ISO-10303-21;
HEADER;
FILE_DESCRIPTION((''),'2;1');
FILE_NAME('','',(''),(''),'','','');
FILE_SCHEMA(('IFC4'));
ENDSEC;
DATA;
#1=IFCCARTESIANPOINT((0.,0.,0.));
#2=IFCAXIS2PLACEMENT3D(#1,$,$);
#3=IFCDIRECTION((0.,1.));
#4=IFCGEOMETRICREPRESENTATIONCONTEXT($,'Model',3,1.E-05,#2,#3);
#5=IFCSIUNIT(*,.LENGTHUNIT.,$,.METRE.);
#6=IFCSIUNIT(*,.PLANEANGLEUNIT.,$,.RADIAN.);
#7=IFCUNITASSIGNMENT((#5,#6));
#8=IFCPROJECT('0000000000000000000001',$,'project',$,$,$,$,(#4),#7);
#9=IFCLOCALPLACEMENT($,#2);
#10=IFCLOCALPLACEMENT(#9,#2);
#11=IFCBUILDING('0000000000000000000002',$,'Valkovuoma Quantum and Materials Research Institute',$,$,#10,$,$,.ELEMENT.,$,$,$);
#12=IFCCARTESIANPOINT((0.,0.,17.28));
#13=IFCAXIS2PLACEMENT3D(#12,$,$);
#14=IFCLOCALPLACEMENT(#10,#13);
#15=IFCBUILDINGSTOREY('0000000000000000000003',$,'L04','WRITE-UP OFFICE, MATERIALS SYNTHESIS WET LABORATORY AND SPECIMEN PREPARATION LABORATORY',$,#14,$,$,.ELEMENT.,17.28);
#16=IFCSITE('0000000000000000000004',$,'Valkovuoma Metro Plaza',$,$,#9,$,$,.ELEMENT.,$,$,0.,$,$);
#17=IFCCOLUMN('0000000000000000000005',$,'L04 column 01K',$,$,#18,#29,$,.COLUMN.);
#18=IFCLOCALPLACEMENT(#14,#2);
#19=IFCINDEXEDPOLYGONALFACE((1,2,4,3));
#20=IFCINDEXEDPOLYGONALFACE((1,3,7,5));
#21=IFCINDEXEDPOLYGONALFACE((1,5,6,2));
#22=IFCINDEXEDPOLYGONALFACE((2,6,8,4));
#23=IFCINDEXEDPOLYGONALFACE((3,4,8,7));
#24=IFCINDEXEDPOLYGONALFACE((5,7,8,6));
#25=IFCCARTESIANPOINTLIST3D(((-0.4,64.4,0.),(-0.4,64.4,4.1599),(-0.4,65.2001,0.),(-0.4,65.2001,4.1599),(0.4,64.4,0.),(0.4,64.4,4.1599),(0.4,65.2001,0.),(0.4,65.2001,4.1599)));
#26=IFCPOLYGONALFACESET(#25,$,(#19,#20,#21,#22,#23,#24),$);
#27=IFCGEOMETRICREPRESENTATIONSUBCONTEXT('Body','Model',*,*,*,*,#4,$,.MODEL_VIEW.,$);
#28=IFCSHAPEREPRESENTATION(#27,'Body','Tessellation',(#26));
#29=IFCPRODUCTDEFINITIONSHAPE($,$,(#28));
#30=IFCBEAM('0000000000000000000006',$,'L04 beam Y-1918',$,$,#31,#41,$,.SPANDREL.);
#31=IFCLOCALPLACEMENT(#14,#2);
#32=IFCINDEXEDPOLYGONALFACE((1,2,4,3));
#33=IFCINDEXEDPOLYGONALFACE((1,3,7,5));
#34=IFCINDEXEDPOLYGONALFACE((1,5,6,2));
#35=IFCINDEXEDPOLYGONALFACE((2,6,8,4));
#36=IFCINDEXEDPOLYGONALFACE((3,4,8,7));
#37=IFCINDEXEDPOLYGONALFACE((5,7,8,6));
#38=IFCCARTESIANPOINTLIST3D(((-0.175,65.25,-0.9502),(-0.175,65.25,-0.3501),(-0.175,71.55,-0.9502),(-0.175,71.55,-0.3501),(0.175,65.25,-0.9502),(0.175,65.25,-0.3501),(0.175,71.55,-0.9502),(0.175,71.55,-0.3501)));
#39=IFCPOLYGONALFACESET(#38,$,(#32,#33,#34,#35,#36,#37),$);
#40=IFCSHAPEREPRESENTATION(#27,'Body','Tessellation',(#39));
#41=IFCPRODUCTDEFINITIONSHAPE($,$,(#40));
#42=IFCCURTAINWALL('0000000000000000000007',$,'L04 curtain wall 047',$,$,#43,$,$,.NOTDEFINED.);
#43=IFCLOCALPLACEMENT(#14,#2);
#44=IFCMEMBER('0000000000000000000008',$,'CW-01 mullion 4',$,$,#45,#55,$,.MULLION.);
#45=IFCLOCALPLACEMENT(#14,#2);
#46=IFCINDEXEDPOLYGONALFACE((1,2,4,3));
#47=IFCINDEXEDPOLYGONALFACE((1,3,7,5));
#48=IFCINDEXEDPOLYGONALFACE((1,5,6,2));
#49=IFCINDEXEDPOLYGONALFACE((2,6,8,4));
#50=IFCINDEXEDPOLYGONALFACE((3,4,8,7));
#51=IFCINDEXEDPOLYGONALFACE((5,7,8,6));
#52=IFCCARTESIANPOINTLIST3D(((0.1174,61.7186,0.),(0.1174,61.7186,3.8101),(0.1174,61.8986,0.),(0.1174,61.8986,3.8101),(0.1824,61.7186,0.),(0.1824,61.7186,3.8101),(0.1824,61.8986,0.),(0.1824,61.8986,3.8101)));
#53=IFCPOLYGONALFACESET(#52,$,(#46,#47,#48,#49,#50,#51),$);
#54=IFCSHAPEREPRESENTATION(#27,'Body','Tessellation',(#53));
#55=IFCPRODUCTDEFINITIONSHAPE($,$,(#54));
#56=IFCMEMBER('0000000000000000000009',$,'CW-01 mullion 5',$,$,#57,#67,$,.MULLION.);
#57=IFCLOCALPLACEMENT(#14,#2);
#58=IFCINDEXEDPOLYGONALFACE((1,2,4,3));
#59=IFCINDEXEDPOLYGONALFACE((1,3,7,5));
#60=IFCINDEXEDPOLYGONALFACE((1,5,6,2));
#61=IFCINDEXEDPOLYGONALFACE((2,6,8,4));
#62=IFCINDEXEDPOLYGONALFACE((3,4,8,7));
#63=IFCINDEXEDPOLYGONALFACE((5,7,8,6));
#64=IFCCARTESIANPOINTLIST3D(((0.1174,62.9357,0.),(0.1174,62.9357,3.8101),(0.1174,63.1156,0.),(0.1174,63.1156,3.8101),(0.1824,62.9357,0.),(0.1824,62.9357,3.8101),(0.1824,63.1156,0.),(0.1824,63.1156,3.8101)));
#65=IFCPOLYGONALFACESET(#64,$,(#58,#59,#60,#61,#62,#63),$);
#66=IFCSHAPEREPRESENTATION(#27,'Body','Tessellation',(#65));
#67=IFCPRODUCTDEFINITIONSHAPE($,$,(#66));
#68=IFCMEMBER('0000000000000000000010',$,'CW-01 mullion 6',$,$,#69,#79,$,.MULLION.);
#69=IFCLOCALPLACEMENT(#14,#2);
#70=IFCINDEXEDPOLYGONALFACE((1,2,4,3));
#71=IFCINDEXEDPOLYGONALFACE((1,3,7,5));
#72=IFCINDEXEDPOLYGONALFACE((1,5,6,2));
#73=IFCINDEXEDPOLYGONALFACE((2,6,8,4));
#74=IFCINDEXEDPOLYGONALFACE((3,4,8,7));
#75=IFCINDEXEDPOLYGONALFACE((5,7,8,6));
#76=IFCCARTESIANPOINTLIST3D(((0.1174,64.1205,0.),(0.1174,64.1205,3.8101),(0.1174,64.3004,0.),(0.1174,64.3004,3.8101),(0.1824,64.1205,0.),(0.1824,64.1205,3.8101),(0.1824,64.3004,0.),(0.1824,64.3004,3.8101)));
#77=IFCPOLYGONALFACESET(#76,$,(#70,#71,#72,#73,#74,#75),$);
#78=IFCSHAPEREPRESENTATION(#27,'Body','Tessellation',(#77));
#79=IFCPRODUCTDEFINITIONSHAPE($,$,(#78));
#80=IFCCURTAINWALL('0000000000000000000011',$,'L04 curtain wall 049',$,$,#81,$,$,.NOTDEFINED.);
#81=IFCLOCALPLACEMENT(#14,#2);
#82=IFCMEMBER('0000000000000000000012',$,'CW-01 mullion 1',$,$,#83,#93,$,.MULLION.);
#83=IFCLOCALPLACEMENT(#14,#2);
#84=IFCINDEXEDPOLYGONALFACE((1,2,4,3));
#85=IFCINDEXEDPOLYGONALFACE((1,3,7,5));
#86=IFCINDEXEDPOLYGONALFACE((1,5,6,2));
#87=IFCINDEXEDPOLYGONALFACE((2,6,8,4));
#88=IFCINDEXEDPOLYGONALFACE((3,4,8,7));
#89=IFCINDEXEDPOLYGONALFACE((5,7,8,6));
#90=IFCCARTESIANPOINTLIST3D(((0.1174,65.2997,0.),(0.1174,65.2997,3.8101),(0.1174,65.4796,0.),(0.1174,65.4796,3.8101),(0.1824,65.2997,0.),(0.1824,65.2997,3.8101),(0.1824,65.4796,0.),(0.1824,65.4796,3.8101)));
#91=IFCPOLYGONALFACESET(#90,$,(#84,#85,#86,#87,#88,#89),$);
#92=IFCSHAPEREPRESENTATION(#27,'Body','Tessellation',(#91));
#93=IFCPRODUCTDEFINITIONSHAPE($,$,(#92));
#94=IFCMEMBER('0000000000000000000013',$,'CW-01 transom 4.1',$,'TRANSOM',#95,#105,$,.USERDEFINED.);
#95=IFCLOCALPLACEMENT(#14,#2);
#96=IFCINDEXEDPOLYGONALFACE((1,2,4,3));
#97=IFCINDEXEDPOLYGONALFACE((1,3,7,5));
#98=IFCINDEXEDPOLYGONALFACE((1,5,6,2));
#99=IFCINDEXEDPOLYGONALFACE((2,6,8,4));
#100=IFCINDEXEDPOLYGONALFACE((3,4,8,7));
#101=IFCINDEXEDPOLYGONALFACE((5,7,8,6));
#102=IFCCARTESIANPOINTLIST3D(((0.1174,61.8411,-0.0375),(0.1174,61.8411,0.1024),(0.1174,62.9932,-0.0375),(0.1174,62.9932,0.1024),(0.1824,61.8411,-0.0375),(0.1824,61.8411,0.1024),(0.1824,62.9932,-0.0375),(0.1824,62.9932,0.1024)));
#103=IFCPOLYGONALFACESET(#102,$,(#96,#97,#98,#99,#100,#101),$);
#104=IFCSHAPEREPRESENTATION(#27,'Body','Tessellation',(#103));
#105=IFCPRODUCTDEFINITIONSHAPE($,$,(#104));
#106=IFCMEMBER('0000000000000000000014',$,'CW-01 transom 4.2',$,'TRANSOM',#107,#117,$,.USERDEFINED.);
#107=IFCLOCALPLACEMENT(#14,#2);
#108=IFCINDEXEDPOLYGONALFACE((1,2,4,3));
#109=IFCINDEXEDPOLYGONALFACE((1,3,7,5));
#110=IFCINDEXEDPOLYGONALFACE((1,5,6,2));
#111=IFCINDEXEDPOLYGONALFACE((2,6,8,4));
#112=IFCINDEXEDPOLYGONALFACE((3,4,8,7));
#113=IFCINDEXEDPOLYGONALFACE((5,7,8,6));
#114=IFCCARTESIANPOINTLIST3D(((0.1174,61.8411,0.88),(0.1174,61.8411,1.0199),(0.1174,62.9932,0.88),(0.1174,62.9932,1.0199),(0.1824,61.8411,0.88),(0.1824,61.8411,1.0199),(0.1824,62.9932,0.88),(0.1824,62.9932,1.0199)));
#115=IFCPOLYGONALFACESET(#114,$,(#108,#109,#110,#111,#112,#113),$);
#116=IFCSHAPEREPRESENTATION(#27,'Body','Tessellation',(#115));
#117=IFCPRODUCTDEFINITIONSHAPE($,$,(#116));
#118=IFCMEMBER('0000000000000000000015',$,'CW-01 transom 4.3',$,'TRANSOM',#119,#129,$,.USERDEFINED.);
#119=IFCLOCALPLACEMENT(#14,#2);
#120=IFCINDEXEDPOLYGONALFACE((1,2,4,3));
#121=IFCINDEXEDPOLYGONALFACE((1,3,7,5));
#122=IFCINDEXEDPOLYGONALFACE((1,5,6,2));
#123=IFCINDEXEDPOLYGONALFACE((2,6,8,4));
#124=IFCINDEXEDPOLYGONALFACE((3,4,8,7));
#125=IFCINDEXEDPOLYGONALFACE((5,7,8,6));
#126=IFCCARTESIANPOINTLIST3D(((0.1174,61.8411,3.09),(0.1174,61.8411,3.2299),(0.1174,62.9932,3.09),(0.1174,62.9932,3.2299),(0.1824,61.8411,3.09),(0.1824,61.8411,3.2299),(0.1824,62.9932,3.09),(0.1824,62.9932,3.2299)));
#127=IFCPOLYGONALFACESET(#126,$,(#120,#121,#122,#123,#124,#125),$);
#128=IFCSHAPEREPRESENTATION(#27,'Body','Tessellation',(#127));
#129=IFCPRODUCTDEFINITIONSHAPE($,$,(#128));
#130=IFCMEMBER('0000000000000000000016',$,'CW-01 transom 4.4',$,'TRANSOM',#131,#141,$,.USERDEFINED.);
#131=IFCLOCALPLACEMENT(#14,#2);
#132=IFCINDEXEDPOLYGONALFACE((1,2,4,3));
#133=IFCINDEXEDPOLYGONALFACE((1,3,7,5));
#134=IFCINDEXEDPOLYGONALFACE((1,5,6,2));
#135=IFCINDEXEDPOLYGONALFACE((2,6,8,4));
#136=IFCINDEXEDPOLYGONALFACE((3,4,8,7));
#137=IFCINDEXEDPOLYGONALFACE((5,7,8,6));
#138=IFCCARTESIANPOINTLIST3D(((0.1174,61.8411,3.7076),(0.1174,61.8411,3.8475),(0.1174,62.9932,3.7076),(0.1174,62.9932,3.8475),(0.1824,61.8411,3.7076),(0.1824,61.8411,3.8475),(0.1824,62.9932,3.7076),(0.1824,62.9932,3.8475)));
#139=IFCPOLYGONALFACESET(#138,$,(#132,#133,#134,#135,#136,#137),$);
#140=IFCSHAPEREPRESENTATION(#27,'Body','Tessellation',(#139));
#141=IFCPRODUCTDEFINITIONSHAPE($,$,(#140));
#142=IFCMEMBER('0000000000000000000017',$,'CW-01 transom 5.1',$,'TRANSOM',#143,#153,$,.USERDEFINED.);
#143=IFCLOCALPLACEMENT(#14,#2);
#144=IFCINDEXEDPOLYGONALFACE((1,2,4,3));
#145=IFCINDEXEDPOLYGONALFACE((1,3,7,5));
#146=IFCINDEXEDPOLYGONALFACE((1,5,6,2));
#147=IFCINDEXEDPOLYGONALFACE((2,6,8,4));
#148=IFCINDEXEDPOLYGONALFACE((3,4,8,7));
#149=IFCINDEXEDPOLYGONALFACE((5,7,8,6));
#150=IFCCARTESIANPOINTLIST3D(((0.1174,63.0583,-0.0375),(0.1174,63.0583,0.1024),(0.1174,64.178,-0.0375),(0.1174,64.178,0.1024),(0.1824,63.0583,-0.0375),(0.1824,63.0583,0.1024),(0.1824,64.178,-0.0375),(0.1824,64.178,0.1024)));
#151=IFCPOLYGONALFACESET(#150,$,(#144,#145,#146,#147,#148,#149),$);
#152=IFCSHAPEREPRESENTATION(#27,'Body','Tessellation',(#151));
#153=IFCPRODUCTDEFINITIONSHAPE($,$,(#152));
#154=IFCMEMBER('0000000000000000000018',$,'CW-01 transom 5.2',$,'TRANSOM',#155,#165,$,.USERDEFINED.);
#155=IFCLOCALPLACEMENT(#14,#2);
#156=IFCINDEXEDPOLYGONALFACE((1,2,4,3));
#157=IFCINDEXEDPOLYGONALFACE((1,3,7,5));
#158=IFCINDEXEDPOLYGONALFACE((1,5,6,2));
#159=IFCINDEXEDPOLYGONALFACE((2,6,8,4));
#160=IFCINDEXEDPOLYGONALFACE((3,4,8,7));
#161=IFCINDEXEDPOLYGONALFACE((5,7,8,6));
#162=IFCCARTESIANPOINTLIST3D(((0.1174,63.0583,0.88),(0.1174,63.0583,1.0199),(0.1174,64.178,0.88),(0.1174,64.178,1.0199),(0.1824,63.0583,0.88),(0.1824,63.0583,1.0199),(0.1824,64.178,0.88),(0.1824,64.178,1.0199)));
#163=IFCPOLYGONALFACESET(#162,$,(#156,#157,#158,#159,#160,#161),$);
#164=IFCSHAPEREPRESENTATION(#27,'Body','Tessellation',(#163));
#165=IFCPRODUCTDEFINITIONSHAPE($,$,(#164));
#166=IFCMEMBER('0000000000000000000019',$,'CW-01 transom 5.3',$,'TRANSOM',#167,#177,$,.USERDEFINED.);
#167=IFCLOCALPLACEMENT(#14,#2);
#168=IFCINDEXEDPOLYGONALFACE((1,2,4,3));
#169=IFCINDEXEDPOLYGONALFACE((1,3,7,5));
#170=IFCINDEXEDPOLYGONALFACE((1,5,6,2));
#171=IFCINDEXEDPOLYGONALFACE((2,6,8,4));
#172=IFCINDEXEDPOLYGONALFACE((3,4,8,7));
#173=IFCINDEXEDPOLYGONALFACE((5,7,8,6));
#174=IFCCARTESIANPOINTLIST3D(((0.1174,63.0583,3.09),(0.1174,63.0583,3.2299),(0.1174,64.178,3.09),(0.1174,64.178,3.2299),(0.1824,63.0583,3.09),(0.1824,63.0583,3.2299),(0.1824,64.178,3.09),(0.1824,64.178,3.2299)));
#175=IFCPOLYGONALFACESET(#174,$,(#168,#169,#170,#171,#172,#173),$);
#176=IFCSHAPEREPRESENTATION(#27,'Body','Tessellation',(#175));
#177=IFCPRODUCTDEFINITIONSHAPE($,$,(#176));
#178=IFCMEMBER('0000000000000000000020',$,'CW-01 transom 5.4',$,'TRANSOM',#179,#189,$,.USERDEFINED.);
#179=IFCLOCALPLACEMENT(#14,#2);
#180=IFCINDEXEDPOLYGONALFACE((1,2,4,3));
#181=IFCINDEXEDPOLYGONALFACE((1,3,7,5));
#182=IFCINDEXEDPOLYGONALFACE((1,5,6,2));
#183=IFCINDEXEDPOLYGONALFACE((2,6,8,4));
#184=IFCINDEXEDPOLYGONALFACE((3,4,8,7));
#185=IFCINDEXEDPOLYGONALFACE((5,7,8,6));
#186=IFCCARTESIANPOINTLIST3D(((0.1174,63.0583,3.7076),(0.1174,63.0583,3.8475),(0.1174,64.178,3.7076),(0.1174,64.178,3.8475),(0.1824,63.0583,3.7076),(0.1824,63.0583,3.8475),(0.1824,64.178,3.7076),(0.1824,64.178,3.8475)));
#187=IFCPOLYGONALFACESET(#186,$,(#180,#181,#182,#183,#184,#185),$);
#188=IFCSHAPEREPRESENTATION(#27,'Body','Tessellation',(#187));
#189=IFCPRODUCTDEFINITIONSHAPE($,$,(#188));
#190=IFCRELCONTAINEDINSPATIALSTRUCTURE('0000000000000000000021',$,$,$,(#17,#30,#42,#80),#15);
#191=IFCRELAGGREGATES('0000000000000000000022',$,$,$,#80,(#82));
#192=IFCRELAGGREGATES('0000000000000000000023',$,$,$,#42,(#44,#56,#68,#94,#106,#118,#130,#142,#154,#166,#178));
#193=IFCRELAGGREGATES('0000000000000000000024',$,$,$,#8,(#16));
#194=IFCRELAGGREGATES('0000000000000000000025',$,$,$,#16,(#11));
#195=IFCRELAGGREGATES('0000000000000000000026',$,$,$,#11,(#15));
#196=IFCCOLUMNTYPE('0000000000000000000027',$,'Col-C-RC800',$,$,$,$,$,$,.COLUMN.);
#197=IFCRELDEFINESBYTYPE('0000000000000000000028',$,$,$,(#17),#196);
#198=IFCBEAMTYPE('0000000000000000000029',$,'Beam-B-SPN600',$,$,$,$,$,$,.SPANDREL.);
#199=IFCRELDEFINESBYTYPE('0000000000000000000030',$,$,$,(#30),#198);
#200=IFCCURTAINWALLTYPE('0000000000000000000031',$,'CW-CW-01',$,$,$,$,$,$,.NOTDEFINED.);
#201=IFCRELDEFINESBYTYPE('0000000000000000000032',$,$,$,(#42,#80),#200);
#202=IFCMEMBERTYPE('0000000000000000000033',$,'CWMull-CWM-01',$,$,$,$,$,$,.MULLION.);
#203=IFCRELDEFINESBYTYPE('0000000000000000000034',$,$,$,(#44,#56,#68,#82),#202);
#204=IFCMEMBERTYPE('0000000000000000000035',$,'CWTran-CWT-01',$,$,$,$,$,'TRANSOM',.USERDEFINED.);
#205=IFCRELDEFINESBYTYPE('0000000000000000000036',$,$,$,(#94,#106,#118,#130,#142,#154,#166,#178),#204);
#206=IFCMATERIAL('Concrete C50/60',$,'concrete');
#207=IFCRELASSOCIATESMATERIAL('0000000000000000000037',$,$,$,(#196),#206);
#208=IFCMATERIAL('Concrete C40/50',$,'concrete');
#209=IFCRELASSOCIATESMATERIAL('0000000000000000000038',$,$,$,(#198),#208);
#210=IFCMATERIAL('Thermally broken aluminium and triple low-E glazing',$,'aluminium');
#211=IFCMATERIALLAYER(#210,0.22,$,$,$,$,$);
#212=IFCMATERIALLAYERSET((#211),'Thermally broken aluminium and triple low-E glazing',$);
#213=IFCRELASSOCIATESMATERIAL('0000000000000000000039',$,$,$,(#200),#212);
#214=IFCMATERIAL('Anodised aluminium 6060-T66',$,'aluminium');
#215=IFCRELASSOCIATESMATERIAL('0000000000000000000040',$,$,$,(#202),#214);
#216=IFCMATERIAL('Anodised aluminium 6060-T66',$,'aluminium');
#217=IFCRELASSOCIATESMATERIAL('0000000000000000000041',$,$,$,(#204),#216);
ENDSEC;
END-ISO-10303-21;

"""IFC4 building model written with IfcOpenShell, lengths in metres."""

from ifc_helpers import new_model, si_unit, direction, frame, origin, origin_2d, place, context, subcontext, project, spatial, rectangle, extrude, material, layer, layer_set, material_profile, profile_set, type_object, element, aggregate, save


model = new_model("IFC4")

# Units and contexts
model_context = context("Model", 3, precision=1e-05, world=origin(), true_north=direction((0.0, 1.0)))
body_context = subcontext(model_context, "Body", "Model", "MODEL_VIEW")
ifc_project = project(units=[si_unit("LENGTHUNIT", "METRE"), si_unit("PLANEANGLEUNIT", "RADIAN")], contexts=[model_context])

# Site, building, storey
site_placement = place(None, origin())
site = spatial("IfcSite", under=ifc_project, at=site_placement, Name="Valkovuoma Metro Plaza", CompositionType="ELEMENT", RefElevation=0.0)
building_placement = place(site_placement, origin())
building = spatial("IfcBuilding", under=site, at=building_placement, Name="Valkovuoma Quantum and Materials Research Institute", CompositionType="ELEMENT")
storey_placement = place(building_placement, frame((0.0, 0.0, 17.28)))
storey = spatial("IfcBuildingStorey", under=building, at=storey_placement, Name="L04", Description="WRITE-UP OFFICE, MATERIALS SYNTHESIS WET LABORATORY AND SPECIMEN PREPARATION LABORATORY", CompositionType="ELEMENT", Elevation=17.28)

# Column
ifc_material_1 = material(Name="Concrete C50/60", Category="concrete")
ifc_material_profile_1 = material_profile(ifc_material_1, rectangle(XDim=0.8, YDim=0.8, at=origin_2d()), Name="Concrete C50/60")
ifc_profile_set_1 = profile_set([ifc_material_profile_1], Name="Concrete C50/60")
column_type = type_object("IfcColumnType", Name="Col-C-RC800", PredefinedType="COLUMN", material=ifc_profile_set_1)
column_placement = place(storey_placement, frame((0.0, 64.8, 0.0), z_axis=(0.0, 0.0, 1.0), x_axis=(1.0, 0.0, 0.0)))
element("IfcColumn", 1, at=column_placement, inside=storey, type_object=column_type, Name="L04 column 01K", PredefinedType="COLUMN", context=body_context, shape_type="SweptSolid", body=[
    extrude(rectangle(XDim=0.8, YDim=0.8, at=origin_2d()), origin(), (0.0, 0.0, 1.0), 4.1599),
])

# Beam
ifc_material_2 = material(Name="Concrete C40/50", Category="concrete")
ifc_material_profile_2 = material_profile(ifc_material_2, rectangle(XDim=0.3501, YDim=0.6001, at=origin_2d()), Name="Concrete C40/50")
ifc_profile_set_2 = profile_set([ifc_material_profile_2], Name="Concrete C40/50")
beam_type = type_object("IfcBeamType", Name="Beam-B-SPN600", PredefinedType="SPANDREL", material=ifc_profile_set_2)
beam_placement = place(storey_placement, frame((0.0, 65.25, -0.6501), z_axis=(0.0, 1.0, 0.0), x_axis=(-1.0, 0.0, 0.0)))
element("IfcBeam", 2, at=beam_placement, inside=storey, type_object=beam_type, Name="L04 beam Y-1918", PredefinedType="SPANDREL", context=body_context, shape_type="SweptSolid", body=[
    extrude(rectangle(XDim=0.3501, YDim=0.6001, at=origin_2d()), origin(), (0.0, 0.0, 1.0), 6.3),
])

# Curtain wall, members
ifc_material_3 = material(Name="Thermally broken aluminium and triple low-E glazing", Category="aluminium")
ifc_layer_1 = layer(ifc_material_3, 0.22)
ifc_layer_set_1 = layer_set([ifc_layer_1], Name="Thermally broken aluminium and triple low-E glazing")
curtain_wall_type = type_object("IfcCurtainWallType", Name="CW-CW-01", PredefinedType="NOTDEFINED", material=ifc_layer_set_1)
curtain_wall_1_placement = place(storey_placement, origin())
curtain_wall_1 = element("IfcCurtainWall", 3, at=curtain_wall_1_placement, inside=storey, type_object=curtain_wall_type, Name="L04 curtain wall 047", PredefinedType="NOTDEFINED")
ifc_material_4 = material(Name="Anodised aluminium 6060-T66", Category="aluminium")
ifc_material_profile_3 = material_profile(ifc_material_4, rectangle(XDim=0.0649, YDim=0.1799, at=origin_2d()), Name="Anodised aluminium 6060-T66")
ifc_profile_set_3 = profile_set([ifc_material_profile_3], Name="Anodised aluminium 6060-T66")
member_type_1 = type_object("IfcMemberType", Name="CWMull-CWM-01", PredefinedType="MULLION", material=ifc_profile_set_3)
member_1_placement = place(storey_placement, frame((0.1499, 61.8086, 0.0), z_axis=(0.0, 0.0, 1.0), x_axis=(-1.0, 0.0, 0.0)))
member_1 = element("IfcMember", 4, at=member_1_placement, type_object=member_type_1, Name="CW-01 mullion 4", PredefinedType="MULLION", context=body_context, shape_type="SweptSolid", body=[
    extrude(rectangle(XDim=0.0649, YDim=0.1799, at=origin_2d()), origin(), (0.0, 0.0, 1.0), 3.8101),
])
member_2_placement = place(storey_placement, frame((0.1499, 63.0256, 0.0), z_axis=(0.0, 0.0, 1.0), x_axis=(-1.0, 0.0, 0.0)))
member_2 = element("IfcMember", 5, at=member_2_placement, type_object=member_type_1, Name="CW-01 mullion 5", PredefinedType="MULLION", context=body_context, shape_type="SweptSolid", body=[
    extrude(rectangle(XDim=0.0649, YDim=0.1799, at=origin_2d()), origin(), (0.0, 0.0, 1.0), 3.8101),
])
member_3_placement = place(storey_placement, frame((0.1499, 64.2104, 0.0), z_axis=(0.0, 0.0, 1.0), x_axis=(-1.0, 0.0, 0.0)))
member_3 = element("IfcMember", 6, at=member_3_placement, type_object=member_type_1, Name="CW-01 mullion 6", PredefinedType="MULLION", context=body_context, shape_type="SweptSolid", body=[
    extrude(rectangle(XDim=0.0649, YDim=0.1799, at=origin_2d()), origin(), (0.0, 0.0, 1.0), 3.8101),
])

# Curtain wall, member
curtain_wall_2_placement = place(storey_placement, origin())
curtain_wall_2 = element("IfcCurtainWall", 7, at=curtain_wall_2_placement, inside=storey, type_object=curtain_wall_type, Name="L04 curtain wall 049", PredefinedType="NOTDEFINED")
member_4_placement = place(storey_placement, frame((0.1499, 65.3896, 0.0), z_axis=(0.0, 0.0, 1.0), x_axis=(-1.0, 0.0, 0.0)))
member_4 = element("IfcMember", 8, at=member_4_placement, type_object=member_type_1, Name="CW-01 mullion 1", PredefinedType="MULLION", context=body_context, shape_type="SweptSolid", body=[
    extrude(rectangle(XDim=0.0649, YDim=0.1799, at=origin_2d()), origin(), (0.0, 0.0, 1.0), 3.8101),
])

# Members
ifc_material_5 = material(Name="Anodised aluminium 6060-T66", Category="aluminium")
ifc_material_profile_4 = material_profile(ifc_material_5, rectangle(XDim=0.0649, YDim=0.1399, at=origin_2d()), Name="Anodised aluminium 6060-T66")
ifc_profile_set_4 = profile_set([ifc_material_profile_4], Name="Anodised aluminium 6060-T66")
member_type_2 = type_object("IfcMemberType", Name="CWTran-CWT-01", ElementType="TRANSOM", PredefinedType="USERDEFINED", material=ifc_profile_set_4)
member_5_placement = place(storey_placement, frame((0.1499, 61.8411, 0.0325), z_axis=(0.0, 1.0, 0.0), x_axis=(-1.0, 0.0, 0.0)))
member_5 = element("IfcMember", 9, at=member_5_placement, type_object=member_type_2, Name="CW-01 transom 4.1", ObjectType="TRANSOM", PredefinedType="USERDEFINED", context=body_context, shape_type="SweptSolid", body=[
    extrude(rectangle(XDim=0.0649, YDim=0.1399, at=origin_2d()), origin(), (0.0, 0.0, 1.0), 1.1521),
])
member_6_placement = place(storey_placement, frame((0.1499, 61.8411, 0.95), z_axis=(0.0, 1.0, 0.0), x_axis=(-1.0, 0.0, 0.0)))
member_6 = element("IfcMember", 10, at=member_6_placement, type_object=member_type_2, Name="CW-01 transom 4.2", ObjectType="TRANSOM", PredefinedType="USERDEFINED", context=body_context, shape_type="SweptSolid", body=[
    extrude(rectangle(XDim=0.0649, YDim=0.1399, at=origin_2d()), origin(), (0.0, 0.0, 1.0), 1.1521),
])
member_7_placement = place(storey_placement, frame((0.1499, 61.8411, 3.1599), z_axis=(0.0, 1.0, 0.0), x_axis=(-1.0, 0.0, 0.0)))
member_7 = element("IfcMember", 11, at=member_7_placement, type_object=member_type_2, Name="CW-01 transom 4.3", ObjectType="TRANSOM", PredefinedType="USERDEFINED", context=body_context, shape_type="SweptSolid", body=[
    extrude(rectangle(XDim=0.0649, YDim=0.1399, at=origin_2d()), origin(), (0.0, 0.0, 1.0), 1.1521),
])
member_8_placement = place(storey_placement, frame((0.1499, 61.8411, 3.7776), z_axis=(0.0, 1.0, 0.0), x_axis=(-1.0, 0.0, 0.0)))
member_8 = element("IfcMember", 12, at=member_8_placement, type_object=member_type_2, Name="CW-01 transom 4.4", ObjectType="TRANSOM", PredefinedType="USERDEFINED", context=body_context, shape_type="SweptSolid", body=[
    extrude(rectangle(XDim=0.0649, YDim=0.1399, at=origin_2d()), origin(), (0.0, 0.0, 1.0), 1.1521),
])
member_9_placement = place(storey_placement, frame((0.1499, 63.0583, 0.0325), z_axis=(0.0, 1.0, 0.0), x_axis=(-1.0, 0.0, 0.0)))
member_9 = element("IfcMember", 13, at=member_9_placement, type_object=member_type_2, Name="CW-01 transom 5.1", ObjectType="TRANSOM", PredefinedType="USERDEFINED", context=body_context, shape_type="SweptSolid", body=[
    extrude(rectangle(XDim=0.0649, YDim=0.1399, at=origin_2d()), origin(), (0.0, 0.0, 1.0), 1.1196),
])
member_10_placement = place(storey_placement, frame((0.1499, 63.0583, 0.95), z_axis=(0.0, 1.0, 0.0), x_axis=(-1.0, 0.0, 0.0)))
member_10 = element("IfcMember", 14, at=member_10_placement, type_object=member_type_2, Name="CW-01 transom 5.2", ObjectType="TRANSOM", PredefinedType="USERDEFINED", context=body_context, shape_type="SweptSolid", body=[
    extrude(rectangle(XDim=0.0649, YDim=0.1399, at=origin_2d()), origin(), (0.0, 0.0, 1.0), 1.1196),
])
member_11_placement = place(storey_placement, frame((0.1499, 63.0583, 3.1599), z_axis=(0.0, 1.0, 0.0), x_axis=(-1.0, 0.0, 0.0)))
member_11 = element("IfcMember", 15, at=member_11_placement, type_object=member_type_2, Name="CW-01 transom 5.3", ObjectType="TRANSOM", PredefinedType="USERDEFINED", context=body_context, shape_type="SweptSolid", body=[
    extrude(rectangle(XDim=0.0649, YDim=0.1399, at=origin_2d()), origin(), (0.0, 0.0, 1.0), 1.1196),
])
member_12_placement = place(storey_placement, frame((0.1499, 63.0583, 3.7776), z_axis=(0.0, 1.0, 0.0), x_axis=(-1.0, 0.0, 0.0)))
member_12 = element("IfcMember", 16, at=member_12_placement, type_object=member_type_2, Name="CW-01 transom 5.4", ObjectType="TRANSOM", PredefinedType="USERDEFINED", context=body_context, shape_type="SweptSolid", body=[
    extrude(rectangle(XDim=0.0649, YDim=0.1399, at=origin_2d()), origin(), (0.0, 0.0, 1.0), 1.1196),
])
aggregate(curtain_wall_2, [member_4])

aggregate(curtain_wall_1, [member_1, member_2, member_3, member_5, member_6, member_7, member_8, member_9, member_10, member_11, member_12])

save(model, "model.ifc")
